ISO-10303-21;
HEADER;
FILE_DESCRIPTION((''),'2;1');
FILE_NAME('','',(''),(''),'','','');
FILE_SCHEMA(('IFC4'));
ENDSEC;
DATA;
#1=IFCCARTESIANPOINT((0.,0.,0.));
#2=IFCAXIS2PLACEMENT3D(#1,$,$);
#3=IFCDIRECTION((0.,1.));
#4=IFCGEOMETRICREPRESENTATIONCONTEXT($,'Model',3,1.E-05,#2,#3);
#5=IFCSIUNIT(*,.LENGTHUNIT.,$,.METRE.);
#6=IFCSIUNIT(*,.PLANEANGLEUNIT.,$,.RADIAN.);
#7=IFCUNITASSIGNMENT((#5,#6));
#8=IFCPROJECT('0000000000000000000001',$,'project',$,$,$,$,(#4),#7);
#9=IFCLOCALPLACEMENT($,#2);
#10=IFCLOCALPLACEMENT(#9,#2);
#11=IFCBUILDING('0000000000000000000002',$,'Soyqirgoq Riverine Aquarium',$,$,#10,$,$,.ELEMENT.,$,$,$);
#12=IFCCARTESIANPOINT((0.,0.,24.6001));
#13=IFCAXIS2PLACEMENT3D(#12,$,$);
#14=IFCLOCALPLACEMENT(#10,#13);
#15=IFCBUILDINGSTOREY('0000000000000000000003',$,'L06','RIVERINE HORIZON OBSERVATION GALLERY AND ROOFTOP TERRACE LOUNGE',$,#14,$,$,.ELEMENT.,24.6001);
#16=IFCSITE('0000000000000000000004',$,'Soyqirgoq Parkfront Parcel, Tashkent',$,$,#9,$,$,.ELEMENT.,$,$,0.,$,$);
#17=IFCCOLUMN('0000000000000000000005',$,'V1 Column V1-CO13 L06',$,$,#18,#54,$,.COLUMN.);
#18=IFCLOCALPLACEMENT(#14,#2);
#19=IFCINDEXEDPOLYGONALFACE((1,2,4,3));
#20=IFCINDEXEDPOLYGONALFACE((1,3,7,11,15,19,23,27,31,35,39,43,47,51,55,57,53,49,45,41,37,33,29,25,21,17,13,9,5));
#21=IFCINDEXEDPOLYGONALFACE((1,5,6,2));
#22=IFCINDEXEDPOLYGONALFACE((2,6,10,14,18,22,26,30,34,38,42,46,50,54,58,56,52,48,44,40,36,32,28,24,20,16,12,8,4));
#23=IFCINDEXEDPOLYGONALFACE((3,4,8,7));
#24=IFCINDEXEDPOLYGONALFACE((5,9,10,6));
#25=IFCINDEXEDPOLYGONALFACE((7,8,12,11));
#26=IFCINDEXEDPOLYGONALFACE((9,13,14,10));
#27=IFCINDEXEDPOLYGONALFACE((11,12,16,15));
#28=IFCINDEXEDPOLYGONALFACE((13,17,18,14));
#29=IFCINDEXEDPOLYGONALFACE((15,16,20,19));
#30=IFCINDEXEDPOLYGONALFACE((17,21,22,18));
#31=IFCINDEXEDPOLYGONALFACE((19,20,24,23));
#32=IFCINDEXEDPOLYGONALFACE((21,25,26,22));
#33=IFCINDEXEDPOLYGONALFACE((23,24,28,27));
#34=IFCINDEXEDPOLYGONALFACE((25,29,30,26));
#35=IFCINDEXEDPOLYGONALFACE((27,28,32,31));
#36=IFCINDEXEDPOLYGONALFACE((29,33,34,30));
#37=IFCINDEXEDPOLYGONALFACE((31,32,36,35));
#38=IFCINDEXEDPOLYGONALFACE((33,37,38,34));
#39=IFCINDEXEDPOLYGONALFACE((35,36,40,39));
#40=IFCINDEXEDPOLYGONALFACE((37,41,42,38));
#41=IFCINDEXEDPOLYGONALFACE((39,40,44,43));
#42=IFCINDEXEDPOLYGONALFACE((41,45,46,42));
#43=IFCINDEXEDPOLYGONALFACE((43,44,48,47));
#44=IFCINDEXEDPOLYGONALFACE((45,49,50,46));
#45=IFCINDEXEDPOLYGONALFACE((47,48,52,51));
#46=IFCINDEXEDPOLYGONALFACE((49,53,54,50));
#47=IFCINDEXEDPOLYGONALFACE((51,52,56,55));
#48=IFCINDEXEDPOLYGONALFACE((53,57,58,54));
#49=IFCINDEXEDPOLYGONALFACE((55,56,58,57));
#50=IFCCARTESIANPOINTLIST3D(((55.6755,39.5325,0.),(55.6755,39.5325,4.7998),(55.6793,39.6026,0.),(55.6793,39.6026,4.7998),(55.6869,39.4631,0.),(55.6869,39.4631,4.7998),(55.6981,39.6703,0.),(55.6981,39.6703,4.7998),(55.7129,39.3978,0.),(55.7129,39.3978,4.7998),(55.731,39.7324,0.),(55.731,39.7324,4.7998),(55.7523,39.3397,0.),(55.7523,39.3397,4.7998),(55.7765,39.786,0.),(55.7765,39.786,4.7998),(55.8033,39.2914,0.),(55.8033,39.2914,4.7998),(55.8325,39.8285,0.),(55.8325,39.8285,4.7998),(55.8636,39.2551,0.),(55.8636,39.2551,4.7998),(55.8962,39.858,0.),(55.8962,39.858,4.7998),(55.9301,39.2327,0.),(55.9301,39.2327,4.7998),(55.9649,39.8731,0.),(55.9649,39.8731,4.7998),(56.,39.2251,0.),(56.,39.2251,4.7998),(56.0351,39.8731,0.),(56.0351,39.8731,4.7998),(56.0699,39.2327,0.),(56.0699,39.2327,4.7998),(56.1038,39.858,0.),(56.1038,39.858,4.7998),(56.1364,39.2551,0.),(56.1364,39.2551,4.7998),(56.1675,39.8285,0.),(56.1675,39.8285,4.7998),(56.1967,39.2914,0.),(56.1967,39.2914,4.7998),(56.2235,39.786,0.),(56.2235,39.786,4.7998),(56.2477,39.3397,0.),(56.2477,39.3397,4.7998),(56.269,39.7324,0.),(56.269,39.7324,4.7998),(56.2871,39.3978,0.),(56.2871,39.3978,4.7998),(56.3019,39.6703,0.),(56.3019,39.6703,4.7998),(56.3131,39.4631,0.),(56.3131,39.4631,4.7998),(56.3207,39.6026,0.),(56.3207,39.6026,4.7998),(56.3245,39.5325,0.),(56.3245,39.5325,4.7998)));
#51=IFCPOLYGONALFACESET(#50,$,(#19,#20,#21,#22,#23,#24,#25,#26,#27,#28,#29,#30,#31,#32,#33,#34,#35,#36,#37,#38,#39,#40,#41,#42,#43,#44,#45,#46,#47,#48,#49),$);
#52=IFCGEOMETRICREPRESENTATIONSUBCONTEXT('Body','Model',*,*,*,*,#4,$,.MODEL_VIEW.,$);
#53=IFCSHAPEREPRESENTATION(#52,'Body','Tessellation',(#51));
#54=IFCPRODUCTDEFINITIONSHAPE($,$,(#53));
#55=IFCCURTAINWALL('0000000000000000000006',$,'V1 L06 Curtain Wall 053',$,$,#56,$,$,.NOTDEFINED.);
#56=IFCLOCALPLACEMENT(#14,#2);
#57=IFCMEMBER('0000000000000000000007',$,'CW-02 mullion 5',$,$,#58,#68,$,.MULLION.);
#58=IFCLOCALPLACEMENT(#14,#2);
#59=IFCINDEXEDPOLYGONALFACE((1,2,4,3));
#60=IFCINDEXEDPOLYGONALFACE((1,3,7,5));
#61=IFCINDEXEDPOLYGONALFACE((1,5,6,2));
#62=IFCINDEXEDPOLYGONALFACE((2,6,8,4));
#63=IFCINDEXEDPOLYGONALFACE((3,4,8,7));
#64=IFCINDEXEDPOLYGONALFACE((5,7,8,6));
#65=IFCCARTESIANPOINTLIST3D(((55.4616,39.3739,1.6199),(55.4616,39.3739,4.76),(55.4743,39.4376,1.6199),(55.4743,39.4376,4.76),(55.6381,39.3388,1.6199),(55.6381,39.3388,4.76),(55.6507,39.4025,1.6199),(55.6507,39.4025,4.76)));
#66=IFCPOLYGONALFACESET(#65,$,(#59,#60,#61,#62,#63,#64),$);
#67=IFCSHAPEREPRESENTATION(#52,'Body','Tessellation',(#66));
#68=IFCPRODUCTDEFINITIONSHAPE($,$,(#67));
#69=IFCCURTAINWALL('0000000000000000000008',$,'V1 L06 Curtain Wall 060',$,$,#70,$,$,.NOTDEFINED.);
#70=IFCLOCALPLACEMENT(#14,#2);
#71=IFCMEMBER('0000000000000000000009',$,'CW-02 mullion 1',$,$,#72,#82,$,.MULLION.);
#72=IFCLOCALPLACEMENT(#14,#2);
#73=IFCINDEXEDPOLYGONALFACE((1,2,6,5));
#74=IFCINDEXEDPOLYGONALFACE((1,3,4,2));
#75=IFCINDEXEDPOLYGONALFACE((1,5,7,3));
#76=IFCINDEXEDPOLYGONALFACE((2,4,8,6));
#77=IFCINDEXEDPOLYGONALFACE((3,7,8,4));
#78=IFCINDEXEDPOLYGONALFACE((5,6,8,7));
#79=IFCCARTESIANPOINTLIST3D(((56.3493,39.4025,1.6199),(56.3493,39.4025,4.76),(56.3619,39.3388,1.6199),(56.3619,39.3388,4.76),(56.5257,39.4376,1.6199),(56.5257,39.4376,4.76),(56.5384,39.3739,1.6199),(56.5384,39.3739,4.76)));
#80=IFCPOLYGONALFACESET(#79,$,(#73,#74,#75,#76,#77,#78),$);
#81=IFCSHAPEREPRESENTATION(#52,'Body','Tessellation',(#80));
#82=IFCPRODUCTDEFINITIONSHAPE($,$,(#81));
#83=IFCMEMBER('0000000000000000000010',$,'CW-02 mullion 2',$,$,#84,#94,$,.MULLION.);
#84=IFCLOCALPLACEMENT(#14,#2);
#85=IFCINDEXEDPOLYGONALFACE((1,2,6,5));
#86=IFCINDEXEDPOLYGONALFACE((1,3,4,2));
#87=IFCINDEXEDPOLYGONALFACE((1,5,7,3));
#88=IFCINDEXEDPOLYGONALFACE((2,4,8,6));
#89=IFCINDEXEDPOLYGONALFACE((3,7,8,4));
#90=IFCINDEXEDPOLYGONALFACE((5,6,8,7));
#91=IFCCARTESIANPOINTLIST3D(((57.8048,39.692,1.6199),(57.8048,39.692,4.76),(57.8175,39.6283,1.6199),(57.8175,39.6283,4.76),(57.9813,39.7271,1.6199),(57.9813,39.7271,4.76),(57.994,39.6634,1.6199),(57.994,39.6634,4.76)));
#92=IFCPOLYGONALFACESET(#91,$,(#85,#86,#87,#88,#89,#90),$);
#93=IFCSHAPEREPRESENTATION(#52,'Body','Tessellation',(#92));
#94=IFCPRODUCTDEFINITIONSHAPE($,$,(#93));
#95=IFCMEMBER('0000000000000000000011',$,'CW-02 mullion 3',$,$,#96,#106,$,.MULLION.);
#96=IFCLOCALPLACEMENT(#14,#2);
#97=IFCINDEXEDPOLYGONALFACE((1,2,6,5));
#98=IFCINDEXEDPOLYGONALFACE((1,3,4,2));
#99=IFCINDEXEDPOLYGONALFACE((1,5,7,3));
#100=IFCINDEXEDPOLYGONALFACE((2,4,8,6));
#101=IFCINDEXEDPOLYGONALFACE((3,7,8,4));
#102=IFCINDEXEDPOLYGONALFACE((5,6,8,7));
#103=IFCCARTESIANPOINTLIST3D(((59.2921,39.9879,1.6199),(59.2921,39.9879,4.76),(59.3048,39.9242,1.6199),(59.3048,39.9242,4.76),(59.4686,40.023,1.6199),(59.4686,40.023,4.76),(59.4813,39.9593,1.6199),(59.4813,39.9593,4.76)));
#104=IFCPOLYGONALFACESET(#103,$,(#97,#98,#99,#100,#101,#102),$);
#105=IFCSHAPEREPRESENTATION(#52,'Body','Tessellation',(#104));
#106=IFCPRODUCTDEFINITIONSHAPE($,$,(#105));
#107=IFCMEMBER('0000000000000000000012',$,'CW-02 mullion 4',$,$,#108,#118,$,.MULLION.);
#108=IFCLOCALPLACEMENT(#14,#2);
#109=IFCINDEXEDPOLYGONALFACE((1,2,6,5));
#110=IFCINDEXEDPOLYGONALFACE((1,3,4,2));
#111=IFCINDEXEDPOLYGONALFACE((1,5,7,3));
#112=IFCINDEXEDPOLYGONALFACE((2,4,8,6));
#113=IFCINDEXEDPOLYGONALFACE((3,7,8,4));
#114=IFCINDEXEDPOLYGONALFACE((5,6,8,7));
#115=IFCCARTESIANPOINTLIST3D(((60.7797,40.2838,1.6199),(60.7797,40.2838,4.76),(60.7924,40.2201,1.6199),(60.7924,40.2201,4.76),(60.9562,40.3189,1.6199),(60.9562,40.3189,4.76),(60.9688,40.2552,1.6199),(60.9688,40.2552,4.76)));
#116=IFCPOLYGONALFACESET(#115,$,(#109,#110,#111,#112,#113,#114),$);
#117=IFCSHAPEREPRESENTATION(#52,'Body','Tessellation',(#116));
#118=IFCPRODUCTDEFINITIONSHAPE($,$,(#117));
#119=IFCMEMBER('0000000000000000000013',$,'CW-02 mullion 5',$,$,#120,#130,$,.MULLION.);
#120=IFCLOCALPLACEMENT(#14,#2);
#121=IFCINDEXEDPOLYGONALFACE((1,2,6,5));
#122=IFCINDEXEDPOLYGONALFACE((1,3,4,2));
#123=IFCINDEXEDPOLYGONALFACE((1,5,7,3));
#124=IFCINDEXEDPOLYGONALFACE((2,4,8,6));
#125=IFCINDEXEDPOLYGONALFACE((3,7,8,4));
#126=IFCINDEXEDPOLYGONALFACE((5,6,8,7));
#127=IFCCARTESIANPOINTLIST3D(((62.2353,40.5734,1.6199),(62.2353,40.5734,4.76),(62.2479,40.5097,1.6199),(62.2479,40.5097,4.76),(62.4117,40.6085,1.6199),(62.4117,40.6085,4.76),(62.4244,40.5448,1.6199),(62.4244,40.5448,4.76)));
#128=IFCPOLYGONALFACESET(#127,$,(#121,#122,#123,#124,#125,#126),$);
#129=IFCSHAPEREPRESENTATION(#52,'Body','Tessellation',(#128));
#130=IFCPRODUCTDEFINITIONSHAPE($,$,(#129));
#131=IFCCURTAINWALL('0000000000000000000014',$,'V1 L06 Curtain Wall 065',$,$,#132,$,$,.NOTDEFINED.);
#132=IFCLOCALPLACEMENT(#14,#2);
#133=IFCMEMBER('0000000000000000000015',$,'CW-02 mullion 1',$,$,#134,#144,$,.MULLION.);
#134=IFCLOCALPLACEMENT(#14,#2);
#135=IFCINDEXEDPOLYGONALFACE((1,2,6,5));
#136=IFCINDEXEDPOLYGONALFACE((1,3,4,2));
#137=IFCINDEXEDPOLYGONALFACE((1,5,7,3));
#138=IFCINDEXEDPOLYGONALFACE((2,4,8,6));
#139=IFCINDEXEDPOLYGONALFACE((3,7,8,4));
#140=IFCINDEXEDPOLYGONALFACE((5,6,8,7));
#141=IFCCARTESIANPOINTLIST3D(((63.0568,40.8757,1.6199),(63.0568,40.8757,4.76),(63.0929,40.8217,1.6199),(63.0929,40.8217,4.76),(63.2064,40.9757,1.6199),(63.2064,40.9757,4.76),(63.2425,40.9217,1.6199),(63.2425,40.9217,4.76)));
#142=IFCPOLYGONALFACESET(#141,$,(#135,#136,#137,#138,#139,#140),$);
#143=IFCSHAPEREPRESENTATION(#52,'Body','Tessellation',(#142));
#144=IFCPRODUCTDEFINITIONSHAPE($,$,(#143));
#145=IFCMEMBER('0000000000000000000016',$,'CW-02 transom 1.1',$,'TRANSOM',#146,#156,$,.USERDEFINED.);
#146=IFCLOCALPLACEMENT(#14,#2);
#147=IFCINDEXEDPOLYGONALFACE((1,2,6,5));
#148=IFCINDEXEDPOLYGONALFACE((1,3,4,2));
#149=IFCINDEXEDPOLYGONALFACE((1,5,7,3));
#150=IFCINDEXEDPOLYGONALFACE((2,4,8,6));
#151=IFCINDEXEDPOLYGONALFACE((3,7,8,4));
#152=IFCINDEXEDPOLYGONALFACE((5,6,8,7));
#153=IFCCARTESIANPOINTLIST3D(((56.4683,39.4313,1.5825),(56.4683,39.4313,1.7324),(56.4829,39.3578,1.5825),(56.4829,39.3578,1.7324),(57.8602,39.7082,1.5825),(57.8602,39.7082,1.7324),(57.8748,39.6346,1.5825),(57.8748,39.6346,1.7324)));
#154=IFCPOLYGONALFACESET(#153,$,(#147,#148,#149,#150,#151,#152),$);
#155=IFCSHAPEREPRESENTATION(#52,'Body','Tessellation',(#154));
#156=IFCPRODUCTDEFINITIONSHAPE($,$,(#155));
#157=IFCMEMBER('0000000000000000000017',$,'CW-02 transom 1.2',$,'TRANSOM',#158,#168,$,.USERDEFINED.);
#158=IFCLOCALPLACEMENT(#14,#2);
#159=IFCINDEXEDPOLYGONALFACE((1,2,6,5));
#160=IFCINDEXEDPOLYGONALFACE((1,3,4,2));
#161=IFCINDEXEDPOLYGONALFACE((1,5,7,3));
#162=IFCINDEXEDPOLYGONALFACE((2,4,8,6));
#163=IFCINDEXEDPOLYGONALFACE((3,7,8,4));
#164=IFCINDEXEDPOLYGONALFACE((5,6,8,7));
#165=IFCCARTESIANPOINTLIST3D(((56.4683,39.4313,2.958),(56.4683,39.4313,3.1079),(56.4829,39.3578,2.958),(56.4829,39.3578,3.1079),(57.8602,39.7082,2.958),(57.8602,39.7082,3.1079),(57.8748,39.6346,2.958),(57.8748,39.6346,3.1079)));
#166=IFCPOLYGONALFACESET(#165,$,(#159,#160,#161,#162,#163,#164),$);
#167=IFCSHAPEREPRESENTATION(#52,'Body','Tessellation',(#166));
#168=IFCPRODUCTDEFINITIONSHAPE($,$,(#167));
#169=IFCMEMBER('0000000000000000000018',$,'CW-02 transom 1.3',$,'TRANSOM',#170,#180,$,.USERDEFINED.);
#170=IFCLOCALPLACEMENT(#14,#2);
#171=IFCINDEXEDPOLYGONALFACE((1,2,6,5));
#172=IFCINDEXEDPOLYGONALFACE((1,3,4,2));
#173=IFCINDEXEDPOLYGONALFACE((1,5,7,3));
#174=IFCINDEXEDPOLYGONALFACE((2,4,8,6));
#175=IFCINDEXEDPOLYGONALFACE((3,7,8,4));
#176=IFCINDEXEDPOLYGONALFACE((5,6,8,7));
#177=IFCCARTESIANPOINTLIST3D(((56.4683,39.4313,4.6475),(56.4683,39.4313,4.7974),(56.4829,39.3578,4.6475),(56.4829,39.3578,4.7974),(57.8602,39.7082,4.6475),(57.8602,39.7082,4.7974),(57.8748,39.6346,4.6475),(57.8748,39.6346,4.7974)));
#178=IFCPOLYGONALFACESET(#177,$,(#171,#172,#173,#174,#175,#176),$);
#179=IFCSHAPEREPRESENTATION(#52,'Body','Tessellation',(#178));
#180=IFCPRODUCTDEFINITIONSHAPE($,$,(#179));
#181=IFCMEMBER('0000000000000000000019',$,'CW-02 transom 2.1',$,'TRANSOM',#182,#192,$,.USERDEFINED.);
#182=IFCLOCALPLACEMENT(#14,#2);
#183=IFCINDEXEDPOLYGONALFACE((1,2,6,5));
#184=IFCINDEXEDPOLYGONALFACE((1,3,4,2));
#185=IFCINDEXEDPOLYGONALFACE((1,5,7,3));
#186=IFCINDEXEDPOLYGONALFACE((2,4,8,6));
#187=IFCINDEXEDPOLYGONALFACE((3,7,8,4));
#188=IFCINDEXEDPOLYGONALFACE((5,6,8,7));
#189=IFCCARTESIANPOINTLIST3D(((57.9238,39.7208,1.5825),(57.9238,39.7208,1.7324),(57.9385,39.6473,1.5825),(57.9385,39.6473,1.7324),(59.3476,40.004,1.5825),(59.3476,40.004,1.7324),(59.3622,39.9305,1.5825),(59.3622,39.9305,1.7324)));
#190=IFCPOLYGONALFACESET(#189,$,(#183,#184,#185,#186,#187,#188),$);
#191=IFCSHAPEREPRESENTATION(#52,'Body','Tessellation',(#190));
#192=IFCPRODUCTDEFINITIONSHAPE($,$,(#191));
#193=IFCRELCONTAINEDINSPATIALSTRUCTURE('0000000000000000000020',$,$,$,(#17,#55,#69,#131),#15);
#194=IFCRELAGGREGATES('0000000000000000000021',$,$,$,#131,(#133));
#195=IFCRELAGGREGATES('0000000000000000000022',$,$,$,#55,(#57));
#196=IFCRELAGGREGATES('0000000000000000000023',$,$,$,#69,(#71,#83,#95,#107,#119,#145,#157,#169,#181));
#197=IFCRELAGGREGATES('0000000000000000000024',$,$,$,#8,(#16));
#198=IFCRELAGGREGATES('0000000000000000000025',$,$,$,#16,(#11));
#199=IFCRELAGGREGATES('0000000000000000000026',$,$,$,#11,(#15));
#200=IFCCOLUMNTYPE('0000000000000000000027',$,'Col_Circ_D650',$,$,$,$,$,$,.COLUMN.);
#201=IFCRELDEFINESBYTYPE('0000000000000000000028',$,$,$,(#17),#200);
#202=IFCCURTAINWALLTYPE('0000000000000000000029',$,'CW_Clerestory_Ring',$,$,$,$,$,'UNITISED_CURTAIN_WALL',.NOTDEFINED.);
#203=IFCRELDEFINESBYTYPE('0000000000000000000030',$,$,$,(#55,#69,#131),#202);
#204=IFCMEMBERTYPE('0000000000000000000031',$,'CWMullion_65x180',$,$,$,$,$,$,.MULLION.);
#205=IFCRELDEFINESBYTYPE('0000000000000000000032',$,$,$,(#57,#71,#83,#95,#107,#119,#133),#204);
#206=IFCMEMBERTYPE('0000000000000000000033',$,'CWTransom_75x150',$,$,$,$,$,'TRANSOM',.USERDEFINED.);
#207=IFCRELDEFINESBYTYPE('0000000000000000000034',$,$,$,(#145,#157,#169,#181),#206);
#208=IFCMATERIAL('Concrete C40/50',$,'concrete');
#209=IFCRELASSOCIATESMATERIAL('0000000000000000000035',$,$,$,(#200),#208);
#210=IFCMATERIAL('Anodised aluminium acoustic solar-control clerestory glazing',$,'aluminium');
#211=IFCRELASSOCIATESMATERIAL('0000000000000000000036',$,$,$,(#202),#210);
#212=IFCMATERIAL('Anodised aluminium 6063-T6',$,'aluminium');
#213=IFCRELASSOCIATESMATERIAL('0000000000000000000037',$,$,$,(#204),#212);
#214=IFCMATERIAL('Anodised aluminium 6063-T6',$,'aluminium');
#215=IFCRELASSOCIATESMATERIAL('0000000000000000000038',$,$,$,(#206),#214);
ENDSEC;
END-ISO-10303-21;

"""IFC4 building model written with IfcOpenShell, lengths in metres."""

from ifc_helpers import new_model, si_unit, direction, frame, origin, origin_2d, place, context, subcontext, project, spatial, rectangle, circle, extrude, material, material_profile, profile_set, type_object, element, aggregate, save


model = new_model("IFC4")

# Units and contexts
model_context = context("Model", 3, precision=1e-05, world=origin(), true_north=direction((0.0, 1.0)))
body_context = subcontext(model_context, "Body", "Model", "MODEL_VIEW")
ifc_project = project(units=[si_unit("LENGTHUNIT", "METRE"), si_unit("PLANEANGLEUNIT", "RADIAN")], contexts=[model_context])

# Site, building, storey
site_placement = place(None, origin())
site = spatial("IfcSite", under=ifc_project, at=site_placement, Name="Soyqirgoq Parkfront Parcel, Tashkent", CompositionType="ELEMENT", RefElevation=0.0)
building_placement = place(site_placement, origin())
building = spatial("IfcBuilding", under=site, at=building_placement, Name="Soyqirgoq Riverine Aquarium", CompositionType="ELEMENT")
storey_placement = place(building_placement, frame((0.0, 0.0, 24.6001)))
storey = spatial("IfcBuildingStorey", under=building, at=storey_placement, Name="L06", Description="RIVERINE HORIZON OBSERVATION GALLERY AND ROOFTOP TERRACE LOUNGE", CompositionType="ELEMENT", Elevation=24.6001)

# Column
ifc_material_1 = material(Name="Concrete C40/50", Category="concrete")
ifc_material_profile_1 = material_profile(ifc_material_1, circle(Radius=0.325, at=origin_2d()), Name="RC-COL D650")
ifc_profile_set_1 = profile_set([ifc_material_profile_1], Name="Concrete C40/50")
column_type = type_object("IfcColumnType", Name="Col_Circ_D650", PredefinedType="COLUMN", material=ifc_profile_set_1)
for number, where, z_axis, x_axis, name in (
    (1, (56.0, 39.55, 0.0), (0.0, 0.0, 1.0), (0.0, -1.0, 0.0), "V1 Column V1-CO13 L06"),
):
    element("IfcColumn", number, at=place(storey_placement, frame(where, z_axis=z_axis, x_axis=x_axis)), inside=storey, type_object=column_type, Name=name, PredefinedType="COLUMN", context=body_context, shape_type="SweptSolid", body=[
        extrude(circle(Radius=0.325, at=origin_2d()), origin(), (0.0, 0.0, 1.0), 4.7998),
    ])

# Curtain wall, member
ifc_material_2 = material(Name="Anodised aluminium acoustic solar-control clerestory glazing", Category="aluminium")
curtain_wall_type = type_object("IfcCurtainWallType", Name="CW_Clerestory_Ring", ElementType="UNITISED_CURTAIN_WALL", PredefinedType="NOTDEFINED", material=ifc_material_2)
curtain_wall_1_placement = place(storey_placement, origin())
curtain_wall_1 = element("IfcCurtainWall", 2, at=curtain_wall_1_placement, inside=storey, type_object=curtain_wall_type, Name="V1 L06 Curtain Wall 053", PredefinedType="NOTDEFINED")
ifc_material_3 = material(Name="Anodised aluminium 6063-T6", Category="aluminium")
ifc_material_profile_2 = material_profile(ifc_material_3, rectangle(XDim=0.0649, YDim=0.1799, at=origin_2d()), Name="ALU-M 65x180")
ifc_profile_set_2 = profile_set([ifc_material_profile_2], Name="Anodised aluminium 6063-T6")
member_type_1 = type_object("IfcMemberType", Name="CWMullion_65x180", PredefinedType="MULLION", material=ifc_profile_set_2)
member_1_placement = place(storey_placement, frame((55.5562, 39.3882, 1.6199), z_axis=(0.0, 0.0, 1.0), x_axis=(0.195095, 0.980784, 0.0)))
member_1 = element("IfcMember", 3, at=member_1_placement, type_object=member_type_1, Name="CW-02 mullion 5", PredefinedType="MULLION", context=body_context, shape_type="SweptSolid", body=[
    extrude(rectangle(XDim=0.0649, YDim=0.1799, at=origin_2d()), origin(), (0.0, 0.0, 1.0), 3.1401),
])

# Curtain wall, members
curtain_wall_2_placement = place(storey_placement, origin())
curtain_wall_2 = element("IfcCurtainWall", 4, at=curtain_wall_2_placement, inside=storey, type_object=curtain_wall_type, Name="V1 L06 Curtain Wall 060", PredefinedType="NOTDEFINED")
member_2_placement = place(storey_placement, frame((56.4438, 39.3882, 1.6199), z_axis=(0.0, 0.0, 1.0), x_axis=(-0.195095, 0.980784, 0.0)))
member_2 = element("IfcMember", 5, at=member_2_placement, type_object=member_type_1, Name="CW-02 mullion 1", PredefinedType="MULLION", context=body_context, shape_type="SweptSolid", body=[
    extrude(rectangle(XDim=0.0649, YDim=0.1799, at=origin_2d()), origin(), (0.0, 0.0, 1.0), 3.1401),
])
member_3_placement = place(storey_placement, frame((57.8994, 39.6777, 1.6199), z_axis=(0.0, 0.0, 1.0), x_axis=(-0.195095, 0.980784, 0.0)))
member_3 = element("IfcMember", 6, at=member_3_placement, type_object=member_type_1, Name="CW-02 mullion 2", PredefinedType="MULLION", context=body_context, shape_type="SweptSolid", body=[
    extrude(rectangle(XDim=0.0649, YDim=0.1799, at=origin_2d()), origin(), (0.0, 0.0, 1.0), 3.1401),
])
member_4_placement = place(storey_placement, frame((59.3867, 39.9736, 1.6199), z_axis=(0.0, 0.0, 1.0), x_axis=(-0.195095, 0.980784, 0.0)))
member_4 = element("IfcMember", 7, at=member_4_placement, type_object=member_type_1, Name="CW-02 mullion 3", PredefinedType="MULLION", context=body_context, shape_type="SweptSolid", body=[
    extrude(rectangle(XDim=0.0649, YDim=0.1799, at=origin_2d()), origin(), (0.0, 0.0, 1.0), 3.1401),
])
member_5_placement = place(storey_placement, frame((60.8743, 40.2695, 1.6199), z_axis=(0.0, 0.0, 1.0), x_axis=(-0.195095, 0.980784, 0.0)))
member_5 = element("IfcMember", 8, at=member_5_placement, type_object=member_type_1, Name="CW-02 mullion 4", PredefinedType="MULLION", context=body_context, shape_type="SweptSolid", body=[
    extrude(rectangle(XDim=0.0649, YDim=0.1799, at=origin_2d()), origin(), (0.0, 0.0, 1.0), 3.1401),
])
member_6_placement = place(storey_placement, frame((62.3298, 40.5591, 1.6199), z_axis=(0.0, 0.0, 1.0), x_axis=(-0.195095, 0.980784, 0.0)))
member_6 = element("IfcMember", 9, at=member_6_placement, type_object=member_type_1, Name="CW-02 mullion 5", PredefinedType="MULLION", context=body_context, shape_type="SweptSolid", body=[
    extrude(rectangle(XDim=0.0649, YDim=0.1799, at=origin_2d()), origin(), (0.0, 0.0, 1.0), 3.1401),
])

# Curtain wall, member
curtain_wall_3_placement = place(storey_placement, origin())
curtain_wall_3 = element("IfcCurtainWall", 10, at=curtain_wall_3_placement, inside=storey, type_object=curtain_wall_type, Name="V1 L06 Curtain Wall 065", PredefinedType="NOTDEFINED")
member_7_placement = place(storey_placement, frame((63.1497, 40.8987, 1.6199), z_axis=(0.0, 0.0, 1.0), x_axis=(-0.555579, 0.831464, 0.0)))
member_7 = element("IfcMember", 11, at=member_7_placement, type_object=member_type_1, Name="CW-02 mullion 1", PredefinedType="MULLION", context=body_context, shape_type="SweptSolid", body=[
    extrude(rectangle(XDim=0.0649, YDim=0.1799, at=origin_2d()), origin(), (0.0, 0.0, 1.0), 3.1401),
])
aggregate(curtain_wall_3, [member_7])

# Members
ifc_material_4 = material(Name="Anodised aluminium 6063-T6", Category="aluminium")
ifc_material_profile_3 = material_profile(ifc_material_4, rectangle(XDim=0.075, YDim=0.1499, at=origin_2d()), Name="ALU-T 75x150")
ifc_profile_set_3 = profile_set([ifc_material_profile_3], Name="Anodised aluminium 6063-T6")
member_type_2 = type_object("IfcMemberType", Name="CWTransom_75x150", ElementType="TRANSOM", PredefinedType="USERDEFINED", material=ifc_profile_set_3)
member_8_placement = place(storey_placement, frame((56.4756, 39.3945, 1.6575), z_axis=(0.980785, 0.19509, 0.0), x_axis=(-0.19509, 0.980785, 0.0)))
member_8 = element("IfcMember", 12, at=member_8_placement, type_object=member_type_2, Name="CW-02 transom 1.1", ObjectType="TRANSOM", PredefinedType="USERDEFINED", context=body_context, shape_type="SweptSolid", body=[
    extrude(rectangle(XDim=0.075, YDim=0.1499, at=origin_2d()), origin(), (0.0, 0.0, 1.0), 1.4192),
])
member_9_placement = place(storey_placement, frame((56.4756, 39.3945, 3.033), z_axis=(0.980785, 0.19509, 0.0), x_axis=(-0.19509, 0.980785, 0.0)))
member_9 = element("IfcMember", 13, at=member_9_placement, type_object=member_type_2, Name="CW-02 transom 1.2", ObjectType="TRANSOM", PredefinedType="USERDEFINED", context=body_context, shape_type="SweptSolid", body=[
    extrude(rectangle(XDim=0.075, YDim=0.1499, at=origin_2d()), origin(), (0.0, 0.0, 1.0), 1.4192),
])
member_10_placement = place(storey_placement, frame((56.4756, 39.3945, 4.7224), z_axis=(0.980785, 0.19509, 0.0), x_axis=(-0.19509, 0.980785, 0.0)))
member_10 = element("IfcMember", 14, at=member_10_placement, type_object=member_type_2, Name="CW-02 transom 1.3", ObjectType="TRANSOM", PredefinedType="USERDEFINED", context=body_context, shape_type="SweptSolid", body=[
    extrude(rectangle(XDim=0.075, YDim=0.1499, at=origin_2d()), origin(), (0.0, 0.0, 1.0), 1.4192),
])
member_11_placement = place(storey_placement, frame((57.9312, 39.6841, 1.6575), z_axis=(0.980787, 0.195081, 0.0), x_axis=(-0.195081, 0.980787, 0.0)))
member_11 = element("IfcMember", 15, at=member_11_placement, type_object=member_type_2, Name="CW-02 transom 2.1", ObjectType="TRANSOM", PredefinedType="USERDEFINED", context=body_context, shape_type="SweptSolid", body=[
    extrude(rectangle(XDim=0.075, YDim=0.1499, at=origin_2d()), origin(), (0.0, 0.0, 1.0), 1.4517),
])

aggregate(curtain_wall_1, [member_1])
aggregate(curtain_wall_2, [member_2, member_3, member_4, member_5, member_6, member_8, member_9, member_10, member_11])

save(model, "model.ifc")
